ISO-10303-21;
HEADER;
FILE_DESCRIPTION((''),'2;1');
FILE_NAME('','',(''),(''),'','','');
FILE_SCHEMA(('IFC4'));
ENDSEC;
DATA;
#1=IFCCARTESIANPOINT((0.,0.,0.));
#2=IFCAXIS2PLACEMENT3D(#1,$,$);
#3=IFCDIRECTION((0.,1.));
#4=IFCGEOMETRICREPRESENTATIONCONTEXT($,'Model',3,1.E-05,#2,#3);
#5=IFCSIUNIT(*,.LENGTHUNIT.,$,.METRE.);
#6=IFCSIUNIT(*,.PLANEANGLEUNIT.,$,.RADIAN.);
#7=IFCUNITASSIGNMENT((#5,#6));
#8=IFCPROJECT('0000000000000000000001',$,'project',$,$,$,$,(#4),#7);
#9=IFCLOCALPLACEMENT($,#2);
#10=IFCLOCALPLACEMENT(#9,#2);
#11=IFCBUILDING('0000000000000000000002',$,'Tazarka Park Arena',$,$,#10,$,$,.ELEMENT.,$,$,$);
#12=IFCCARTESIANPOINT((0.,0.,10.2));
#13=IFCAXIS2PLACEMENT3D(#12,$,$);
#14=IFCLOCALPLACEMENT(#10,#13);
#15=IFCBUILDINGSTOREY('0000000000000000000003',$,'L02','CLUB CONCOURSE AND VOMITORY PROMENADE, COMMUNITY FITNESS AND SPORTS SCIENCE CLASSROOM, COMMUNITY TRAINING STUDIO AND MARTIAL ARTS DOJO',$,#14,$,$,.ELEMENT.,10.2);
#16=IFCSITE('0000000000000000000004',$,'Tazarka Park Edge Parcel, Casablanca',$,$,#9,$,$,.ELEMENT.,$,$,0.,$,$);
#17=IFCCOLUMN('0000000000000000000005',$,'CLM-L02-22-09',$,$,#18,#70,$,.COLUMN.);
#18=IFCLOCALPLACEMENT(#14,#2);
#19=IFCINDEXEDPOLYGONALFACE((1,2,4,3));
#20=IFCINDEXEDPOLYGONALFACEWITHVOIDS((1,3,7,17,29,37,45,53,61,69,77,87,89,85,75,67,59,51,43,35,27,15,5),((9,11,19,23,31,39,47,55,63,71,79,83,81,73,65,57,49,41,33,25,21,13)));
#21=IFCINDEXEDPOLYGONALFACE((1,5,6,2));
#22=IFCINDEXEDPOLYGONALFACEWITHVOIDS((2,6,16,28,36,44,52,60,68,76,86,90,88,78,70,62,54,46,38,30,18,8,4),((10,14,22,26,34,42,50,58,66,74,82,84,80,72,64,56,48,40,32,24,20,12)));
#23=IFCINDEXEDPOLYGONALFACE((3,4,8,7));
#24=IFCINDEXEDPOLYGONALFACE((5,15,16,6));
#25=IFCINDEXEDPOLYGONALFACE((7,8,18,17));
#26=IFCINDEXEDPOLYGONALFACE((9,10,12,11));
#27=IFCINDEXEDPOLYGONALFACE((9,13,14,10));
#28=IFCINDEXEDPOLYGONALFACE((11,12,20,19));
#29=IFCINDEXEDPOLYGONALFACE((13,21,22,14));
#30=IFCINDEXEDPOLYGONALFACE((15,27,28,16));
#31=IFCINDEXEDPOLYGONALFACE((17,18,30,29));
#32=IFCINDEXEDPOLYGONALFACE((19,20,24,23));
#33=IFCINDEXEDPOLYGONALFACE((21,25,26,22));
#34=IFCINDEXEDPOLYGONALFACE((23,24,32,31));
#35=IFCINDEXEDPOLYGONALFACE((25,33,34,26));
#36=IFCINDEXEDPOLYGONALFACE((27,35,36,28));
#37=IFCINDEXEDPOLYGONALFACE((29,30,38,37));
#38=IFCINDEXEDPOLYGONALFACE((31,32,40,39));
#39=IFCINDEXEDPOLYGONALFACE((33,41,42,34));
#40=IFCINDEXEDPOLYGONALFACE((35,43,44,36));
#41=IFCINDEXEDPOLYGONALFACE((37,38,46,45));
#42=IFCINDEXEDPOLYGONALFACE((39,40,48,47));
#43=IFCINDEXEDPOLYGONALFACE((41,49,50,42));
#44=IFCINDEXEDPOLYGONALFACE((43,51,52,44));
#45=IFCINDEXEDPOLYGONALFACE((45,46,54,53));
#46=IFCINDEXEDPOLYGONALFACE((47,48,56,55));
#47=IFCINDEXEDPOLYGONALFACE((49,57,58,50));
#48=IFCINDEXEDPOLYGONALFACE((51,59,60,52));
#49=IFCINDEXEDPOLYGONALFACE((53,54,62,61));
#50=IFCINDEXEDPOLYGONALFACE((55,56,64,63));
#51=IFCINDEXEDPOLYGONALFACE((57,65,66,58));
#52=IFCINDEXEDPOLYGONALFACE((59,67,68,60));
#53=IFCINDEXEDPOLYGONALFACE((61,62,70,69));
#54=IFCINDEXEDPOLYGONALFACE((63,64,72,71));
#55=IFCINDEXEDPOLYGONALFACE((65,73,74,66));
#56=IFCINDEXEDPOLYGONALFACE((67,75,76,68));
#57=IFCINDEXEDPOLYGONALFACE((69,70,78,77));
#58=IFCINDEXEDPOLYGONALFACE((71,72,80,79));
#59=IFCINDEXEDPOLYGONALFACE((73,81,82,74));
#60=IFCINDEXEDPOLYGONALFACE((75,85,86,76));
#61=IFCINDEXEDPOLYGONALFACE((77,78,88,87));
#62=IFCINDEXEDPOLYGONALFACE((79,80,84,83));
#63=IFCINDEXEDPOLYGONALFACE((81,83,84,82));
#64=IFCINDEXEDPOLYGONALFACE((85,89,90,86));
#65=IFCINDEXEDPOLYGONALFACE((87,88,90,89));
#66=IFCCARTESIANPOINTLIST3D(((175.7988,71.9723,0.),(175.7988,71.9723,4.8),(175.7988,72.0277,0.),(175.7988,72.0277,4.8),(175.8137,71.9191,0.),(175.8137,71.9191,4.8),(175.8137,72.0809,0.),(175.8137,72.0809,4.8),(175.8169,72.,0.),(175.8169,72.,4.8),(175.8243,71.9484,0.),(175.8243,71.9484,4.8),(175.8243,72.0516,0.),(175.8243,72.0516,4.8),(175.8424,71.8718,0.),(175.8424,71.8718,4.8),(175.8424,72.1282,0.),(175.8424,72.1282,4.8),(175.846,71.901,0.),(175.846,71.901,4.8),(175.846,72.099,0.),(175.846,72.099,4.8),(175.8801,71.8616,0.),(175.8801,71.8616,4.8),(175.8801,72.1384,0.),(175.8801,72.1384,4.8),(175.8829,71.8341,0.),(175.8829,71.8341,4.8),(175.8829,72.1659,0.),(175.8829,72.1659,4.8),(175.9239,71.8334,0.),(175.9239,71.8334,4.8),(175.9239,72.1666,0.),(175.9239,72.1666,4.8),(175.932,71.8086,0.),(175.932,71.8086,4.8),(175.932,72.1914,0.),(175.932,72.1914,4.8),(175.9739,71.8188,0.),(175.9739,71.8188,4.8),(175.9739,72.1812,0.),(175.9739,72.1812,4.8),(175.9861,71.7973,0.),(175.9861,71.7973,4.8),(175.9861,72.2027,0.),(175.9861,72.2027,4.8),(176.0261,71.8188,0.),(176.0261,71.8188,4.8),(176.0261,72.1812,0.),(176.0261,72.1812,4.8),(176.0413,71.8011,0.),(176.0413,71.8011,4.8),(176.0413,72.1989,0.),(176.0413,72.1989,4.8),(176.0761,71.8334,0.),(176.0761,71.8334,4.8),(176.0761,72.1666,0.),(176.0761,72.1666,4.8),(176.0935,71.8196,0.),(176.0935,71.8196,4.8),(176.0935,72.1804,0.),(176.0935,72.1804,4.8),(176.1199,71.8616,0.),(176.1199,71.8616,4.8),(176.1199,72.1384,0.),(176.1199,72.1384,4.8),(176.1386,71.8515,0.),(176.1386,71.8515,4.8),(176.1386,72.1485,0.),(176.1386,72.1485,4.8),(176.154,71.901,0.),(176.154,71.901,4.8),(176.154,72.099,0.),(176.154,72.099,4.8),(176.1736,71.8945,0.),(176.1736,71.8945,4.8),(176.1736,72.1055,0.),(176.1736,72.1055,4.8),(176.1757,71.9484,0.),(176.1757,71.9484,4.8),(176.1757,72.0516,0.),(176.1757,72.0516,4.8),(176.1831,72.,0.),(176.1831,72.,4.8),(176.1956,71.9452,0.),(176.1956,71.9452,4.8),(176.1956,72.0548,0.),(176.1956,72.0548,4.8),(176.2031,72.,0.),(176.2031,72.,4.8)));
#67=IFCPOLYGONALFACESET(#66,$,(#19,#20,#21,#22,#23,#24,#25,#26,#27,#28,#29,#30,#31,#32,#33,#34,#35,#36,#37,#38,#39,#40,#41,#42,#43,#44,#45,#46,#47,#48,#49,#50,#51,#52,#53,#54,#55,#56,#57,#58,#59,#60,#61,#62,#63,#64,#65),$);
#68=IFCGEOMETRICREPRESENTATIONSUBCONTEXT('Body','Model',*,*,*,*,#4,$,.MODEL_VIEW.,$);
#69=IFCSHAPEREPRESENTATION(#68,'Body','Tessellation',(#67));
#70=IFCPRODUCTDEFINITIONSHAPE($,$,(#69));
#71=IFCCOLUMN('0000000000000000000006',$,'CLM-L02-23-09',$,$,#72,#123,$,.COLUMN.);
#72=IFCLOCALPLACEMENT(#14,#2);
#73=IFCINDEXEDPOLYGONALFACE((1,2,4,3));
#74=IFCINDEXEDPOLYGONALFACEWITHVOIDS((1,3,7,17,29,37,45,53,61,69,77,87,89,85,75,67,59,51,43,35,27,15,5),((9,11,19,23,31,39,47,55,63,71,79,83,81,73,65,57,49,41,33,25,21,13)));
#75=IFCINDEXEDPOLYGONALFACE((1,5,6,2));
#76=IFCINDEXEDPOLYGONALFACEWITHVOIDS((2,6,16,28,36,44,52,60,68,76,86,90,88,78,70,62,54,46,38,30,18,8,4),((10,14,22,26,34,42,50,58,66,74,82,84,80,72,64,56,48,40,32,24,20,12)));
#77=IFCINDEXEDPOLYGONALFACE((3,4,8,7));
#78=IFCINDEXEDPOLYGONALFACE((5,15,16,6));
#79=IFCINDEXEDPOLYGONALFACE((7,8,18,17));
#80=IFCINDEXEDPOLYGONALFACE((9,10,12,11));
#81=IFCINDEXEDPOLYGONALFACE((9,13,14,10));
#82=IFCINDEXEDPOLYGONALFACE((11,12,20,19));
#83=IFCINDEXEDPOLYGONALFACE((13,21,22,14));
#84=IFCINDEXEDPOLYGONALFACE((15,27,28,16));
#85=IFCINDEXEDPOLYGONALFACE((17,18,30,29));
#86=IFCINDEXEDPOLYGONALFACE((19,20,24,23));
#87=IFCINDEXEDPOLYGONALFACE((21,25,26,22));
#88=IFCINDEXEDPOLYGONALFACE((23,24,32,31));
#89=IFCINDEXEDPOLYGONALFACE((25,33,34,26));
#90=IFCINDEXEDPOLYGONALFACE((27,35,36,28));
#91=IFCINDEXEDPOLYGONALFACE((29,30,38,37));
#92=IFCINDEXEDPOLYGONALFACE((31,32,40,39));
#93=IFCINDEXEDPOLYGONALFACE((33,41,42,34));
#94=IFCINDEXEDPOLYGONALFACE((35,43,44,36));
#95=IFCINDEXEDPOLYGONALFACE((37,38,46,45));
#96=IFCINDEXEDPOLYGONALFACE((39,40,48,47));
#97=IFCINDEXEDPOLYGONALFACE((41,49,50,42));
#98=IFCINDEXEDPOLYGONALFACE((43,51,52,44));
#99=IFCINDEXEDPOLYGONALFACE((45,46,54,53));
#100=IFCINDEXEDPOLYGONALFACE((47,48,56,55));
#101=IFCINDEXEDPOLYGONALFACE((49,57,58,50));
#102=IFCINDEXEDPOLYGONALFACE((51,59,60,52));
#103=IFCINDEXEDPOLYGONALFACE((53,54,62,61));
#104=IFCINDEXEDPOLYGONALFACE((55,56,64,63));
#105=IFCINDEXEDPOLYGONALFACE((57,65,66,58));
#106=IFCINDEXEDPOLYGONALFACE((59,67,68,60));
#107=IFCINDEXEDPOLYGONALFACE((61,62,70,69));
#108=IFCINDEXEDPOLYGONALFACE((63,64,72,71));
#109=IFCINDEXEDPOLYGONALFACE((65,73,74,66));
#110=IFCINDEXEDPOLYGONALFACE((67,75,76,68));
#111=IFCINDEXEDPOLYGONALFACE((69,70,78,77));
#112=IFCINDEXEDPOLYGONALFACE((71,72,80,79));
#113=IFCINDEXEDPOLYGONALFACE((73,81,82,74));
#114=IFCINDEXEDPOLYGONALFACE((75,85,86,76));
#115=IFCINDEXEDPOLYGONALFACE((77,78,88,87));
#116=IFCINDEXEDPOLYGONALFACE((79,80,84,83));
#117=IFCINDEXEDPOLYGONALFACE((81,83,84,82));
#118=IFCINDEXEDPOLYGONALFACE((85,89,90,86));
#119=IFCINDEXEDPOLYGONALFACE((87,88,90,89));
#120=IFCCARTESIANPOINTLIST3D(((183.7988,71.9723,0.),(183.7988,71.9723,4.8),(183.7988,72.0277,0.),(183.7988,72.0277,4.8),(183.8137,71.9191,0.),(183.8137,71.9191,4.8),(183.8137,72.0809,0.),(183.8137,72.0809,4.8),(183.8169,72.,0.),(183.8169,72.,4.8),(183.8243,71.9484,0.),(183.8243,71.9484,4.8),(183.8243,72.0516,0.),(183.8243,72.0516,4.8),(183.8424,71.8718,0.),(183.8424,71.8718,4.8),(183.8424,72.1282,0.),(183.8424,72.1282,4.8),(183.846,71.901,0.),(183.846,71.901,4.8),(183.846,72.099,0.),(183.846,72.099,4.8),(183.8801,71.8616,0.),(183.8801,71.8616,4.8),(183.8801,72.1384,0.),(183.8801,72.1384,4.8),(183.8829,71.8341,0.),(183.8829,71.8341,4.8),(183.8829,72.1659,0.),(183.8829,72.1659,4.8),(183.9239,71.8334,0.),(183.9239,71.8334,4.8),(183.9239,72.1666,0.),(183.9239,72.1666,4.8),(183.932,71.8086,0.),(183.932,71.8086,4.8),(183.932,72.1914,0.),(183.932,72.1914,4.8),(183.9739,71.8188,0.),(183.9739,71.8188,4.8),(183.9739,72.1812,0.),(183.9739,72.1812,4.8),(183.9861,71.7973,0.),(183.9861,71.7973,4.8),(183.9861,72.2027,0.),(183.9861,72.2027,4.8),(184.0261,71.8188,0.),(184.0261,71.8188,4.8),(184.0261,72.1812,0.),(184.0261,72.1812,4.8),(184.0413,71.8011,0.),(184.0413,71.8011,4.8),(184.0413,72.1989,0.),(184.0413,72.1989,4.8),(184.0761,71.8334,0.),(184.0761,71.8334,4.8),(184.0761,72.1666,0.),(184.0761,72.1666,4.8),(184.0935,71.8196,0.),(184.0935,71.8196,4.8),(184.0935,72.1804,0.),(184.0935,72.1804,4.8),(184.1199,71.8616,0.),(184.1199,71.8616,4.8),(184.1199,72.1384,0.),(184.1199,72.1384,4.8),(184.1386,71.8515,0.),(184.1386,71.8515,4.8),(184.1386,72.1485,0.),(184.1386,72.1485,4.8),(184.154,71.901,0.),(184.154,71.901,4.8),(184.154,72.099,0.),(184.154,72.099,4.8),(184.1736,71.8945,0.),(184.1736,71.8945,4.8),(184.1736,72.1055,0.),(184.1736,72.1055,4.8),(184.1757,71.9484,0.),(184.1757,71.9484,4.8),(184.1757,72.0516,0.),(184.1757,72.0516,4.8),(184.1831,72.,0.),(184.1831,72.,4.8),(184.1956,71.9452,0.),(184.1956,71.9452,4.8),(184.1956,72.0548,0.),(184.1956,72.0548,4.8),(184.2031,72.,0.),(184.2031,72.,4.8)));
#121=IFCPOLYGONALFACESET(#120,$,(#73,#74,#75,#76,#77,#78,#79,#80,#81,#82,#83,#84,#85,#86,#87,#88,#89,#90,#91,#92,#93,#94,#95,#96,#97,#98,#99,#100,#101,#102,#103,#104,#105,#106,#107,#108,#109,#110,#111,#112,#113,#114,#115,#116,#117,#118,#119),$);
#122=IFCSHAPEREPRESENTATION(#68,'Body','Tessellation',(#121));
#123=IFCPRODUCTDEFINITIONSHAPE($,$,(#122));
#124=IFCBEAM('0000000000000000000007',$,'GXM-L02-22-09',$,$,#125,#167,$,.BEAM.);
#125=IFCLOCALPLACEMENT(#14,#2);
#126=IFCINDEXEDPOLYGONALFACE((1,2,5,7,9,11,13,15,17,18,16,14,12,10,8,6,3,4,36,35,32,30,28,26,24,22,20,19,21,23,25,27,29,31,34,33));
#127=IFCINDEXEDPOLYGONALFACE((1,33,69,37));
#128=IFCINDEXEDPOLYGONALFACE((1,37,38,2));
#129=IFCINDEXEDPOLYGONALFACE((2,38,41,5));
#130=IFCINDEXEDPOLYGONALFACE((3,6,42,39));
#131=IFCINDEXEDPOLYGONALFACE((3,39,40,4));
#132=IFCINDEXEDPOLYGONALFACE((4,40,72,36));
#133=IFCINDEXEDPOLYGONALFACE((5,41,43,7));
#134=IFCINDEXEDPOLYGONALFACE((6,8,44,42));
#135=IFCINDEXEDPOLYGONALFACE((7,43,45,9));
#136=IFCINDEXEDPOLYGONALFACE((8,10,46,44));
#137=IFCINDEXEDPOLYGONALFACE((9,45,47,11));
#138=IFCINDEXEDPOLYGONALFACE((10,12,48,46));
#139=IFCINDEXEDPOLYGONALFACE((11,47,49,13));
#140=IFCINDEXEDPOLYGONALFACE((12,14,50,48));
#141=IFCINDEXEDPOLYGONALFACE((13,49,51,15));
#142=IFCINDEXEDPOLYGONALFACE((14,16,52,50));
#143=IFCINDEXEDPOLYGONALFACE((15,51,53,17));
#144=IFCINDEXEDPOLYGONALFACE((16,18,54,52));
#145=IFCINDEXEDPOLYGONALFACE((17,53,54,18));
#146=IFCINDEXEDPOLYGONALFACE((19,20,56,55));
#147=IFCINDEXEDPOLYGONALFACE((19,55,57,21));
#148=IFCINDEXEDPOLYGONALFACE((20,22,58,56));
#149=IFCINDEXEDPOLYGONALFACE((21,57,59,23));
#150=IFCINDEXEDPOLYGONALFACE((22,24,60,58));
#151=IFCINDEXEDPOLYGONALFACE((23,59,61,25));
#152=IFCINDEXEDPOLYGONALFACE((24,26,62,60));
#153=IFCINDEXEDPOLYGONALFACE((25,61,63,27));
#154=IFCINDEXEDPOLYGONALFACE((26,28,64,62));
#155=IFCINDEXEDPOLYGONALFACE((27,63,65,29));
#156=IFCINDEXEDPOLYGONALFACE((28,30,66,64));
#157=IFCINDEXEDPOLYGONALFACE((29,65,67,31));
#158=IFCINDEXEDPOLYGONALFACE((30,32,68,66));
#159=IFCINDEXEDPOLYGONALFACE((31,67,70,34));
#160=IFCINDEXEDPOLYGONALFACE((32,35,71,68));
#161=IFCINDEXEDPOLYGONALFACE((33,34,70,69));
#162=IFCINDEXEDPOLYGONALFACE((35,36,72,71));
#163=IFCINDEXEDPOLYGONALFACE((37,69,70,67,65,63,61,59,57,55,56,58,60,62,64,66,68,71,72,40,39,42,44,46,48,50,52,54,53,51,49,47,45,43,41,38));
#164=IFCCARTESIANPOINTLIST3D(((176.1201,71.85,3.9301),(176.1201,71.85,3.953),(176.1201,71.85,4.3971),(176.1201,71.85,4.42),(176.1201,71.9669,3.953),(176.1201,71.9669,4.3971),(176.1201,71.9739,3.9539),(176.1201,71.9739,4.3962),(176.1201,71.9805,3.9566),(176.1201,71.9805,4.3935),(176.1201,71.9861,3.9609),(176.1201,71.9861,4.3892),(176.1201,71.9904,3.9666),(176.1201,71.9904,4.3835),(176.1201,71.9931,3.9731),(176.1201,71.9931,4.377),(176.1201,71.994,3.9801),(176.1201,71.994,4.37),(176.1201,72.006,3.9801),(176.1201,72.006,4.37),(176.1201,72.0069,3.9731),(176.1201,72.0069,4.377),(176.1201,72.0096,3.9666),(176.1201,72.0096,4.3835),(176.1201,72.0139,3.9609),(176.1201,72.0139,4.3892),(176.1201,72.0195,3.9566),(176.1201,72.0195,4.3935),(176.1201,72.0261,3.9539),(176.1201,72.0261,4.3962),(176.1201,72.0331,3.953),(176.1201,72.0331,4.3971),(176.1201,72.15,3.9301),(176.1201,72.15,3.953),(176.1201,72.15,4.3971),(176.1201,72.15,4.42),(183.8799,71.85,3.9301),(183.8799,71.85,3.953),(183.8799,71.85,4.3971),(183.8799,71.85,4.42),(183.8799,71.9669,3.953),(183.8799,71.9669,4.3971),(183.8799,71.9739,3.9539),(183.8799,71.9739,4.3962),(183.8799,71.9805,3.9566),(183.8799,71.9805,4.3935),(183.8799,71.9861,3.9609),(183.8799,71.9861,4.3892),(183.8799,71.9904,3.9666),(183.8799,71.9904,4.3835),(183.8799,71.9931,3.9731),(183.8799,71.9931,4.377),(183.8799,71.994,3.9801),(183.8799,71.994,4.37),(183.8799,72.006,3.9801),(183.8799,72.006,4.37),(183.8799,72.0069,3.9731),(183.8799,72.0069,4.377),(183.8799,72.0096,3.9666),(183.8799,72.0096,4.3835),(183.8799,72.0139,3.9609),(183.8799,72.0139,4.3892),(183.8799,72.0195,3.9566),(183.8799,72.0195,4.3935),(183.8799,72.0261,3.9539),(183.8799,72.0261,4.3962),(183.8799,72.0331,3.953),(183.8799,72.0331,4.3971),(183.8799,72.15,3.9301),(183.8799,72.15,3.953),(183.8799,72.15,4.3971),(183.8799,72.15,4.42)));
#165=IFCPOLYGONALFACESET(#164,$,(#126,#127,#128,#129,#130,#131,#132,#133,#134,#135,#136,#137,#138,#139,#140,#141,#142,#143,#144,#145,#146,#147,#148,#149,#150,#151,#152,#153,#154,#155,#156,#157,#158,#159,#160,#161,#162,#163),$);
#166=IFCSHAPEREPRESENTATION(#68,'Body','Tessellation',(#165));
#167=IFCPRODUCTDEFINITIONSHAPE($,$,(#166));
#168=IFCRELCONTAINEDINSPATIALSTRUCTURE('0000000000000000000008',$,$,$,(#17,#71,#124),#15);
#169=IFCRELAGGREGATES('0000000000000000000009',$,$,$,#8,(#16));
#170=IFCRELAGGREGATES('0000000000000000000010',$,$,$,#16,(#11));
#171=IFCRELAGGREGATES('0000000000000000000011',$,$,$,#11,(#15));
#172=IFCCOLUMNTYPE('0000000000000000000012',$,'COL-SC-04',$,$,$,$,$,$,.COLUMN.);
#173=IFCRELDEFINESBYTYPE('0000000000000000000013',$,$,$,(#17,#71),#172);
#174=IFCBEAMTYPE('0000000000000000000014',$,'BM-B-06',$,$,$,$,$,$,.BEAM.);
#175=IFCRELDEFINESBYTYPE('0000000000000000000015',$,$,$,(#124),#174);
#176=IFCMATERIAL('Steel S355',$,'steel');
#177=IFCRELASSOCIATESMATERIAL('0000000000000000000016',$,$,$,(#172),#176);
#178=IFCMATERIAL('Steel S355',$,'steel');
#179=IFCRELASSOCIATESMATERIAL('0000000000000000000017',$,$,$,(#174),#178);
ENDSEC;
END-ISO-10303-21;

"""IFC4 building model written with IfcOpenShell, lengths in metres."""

from ifc_helpers import new_model, si_unit, direction, frame, origin, origin_2d, place, context, subcontext, project, spatial, hollow_circle, i_section, extrude, material, material_profile, profile_set, type_object, element, save


model = new_model("IFC4")

# Units and contexts
model_context = context("Model", 3, precision=1e-05, world=origin(), true_north=direction((0.0, 1.0)))
body_context = subcontext(model_context, "Body", "Model", "MODEL_VIEW")
ifc_project = project(units=[si_unit("LENGTHUNIT", "METRE"), si_unit("PLANEANGLEUNIT", "RADIAN")], contexts=[model_context])

# Site, building, storey
site_placement = place(None, origin())
site = spatial("IfcSite", under=ifc_project, at=site_placement, Name="Tazarka Park Edge Parcel, Casablanca", CompositionType="ELEMENT", RefElevation=0.0)
building_placement = place(site_placement, origin())
building = spatial("IfcBuilding", under=site, at=building_placement, Name="Tazarka Park Arena", CompositionType="ELEMENT")
storey_placement = place(building_placement, frame((0.0, 0.0, 10.2)))
storey = spatial("IfcBuildingStorey", under=building, at=storey_placement, Name="L02", Description="CLUB CONCOURSE AND VOMITORY PROMENADE, COMMUNITY FITNESS AND SPORTS SCIENCE CLASSROOM, COMMUNITY TRAINING STUDIO AND MARTIAL ARTS DOJO", CompositionType="ELEMENT", Elevation=10.2)

# Columns
ifc_material_1 = material(Name="Steel S355", Category="steel")
ifc_material_profile_1 = material_profile(ifc_material_1, hollow_circle(Radius=0.2031, WallThickness=0.02, at=origin_2d()), Name="Steel S355")
ifc_profile_set_1 = profile_set([ifc_material_profile_1], Name="Steel S355")
column_type = type_object("IfcColumnType", Name="COL-SC-04", PredefinedType="COLUMN", material=ifc_profile_set_1)
for number, where, z_axis, x_axis, name in (
    (1, (176.0, 72.0, 0.0), (0.0, 0.0, 1.0), (1.0, 0.0, 0.0), "CLM-L02-22-09"),
    (2, (184.0, 72.0, 0.0), (0.0, 0.0, 1.0), (1.0, 0.0, 0.0), "CLM-L02-23-09"),
):
    element("IfcColumn", number, at=place(storey_placement, frame(where, z_axis=z_axis, x_axis=x_axis)), inside=storey, type_object=column_type, Name=name, PredefinedType="COLUMN", context=body_context, shape_type="SweptSolid", body=[
        extrude(hollow_circle(Radius=0.2031, WallThickness=0.02, at=origin_2d()), origin(), (0.0, 0.0, 1.0), 4.8),
    ])

# Beam
ifc_material_2 = material(Name="Steel S355", Category="steel")
ifc_material_profile_2 = material_profile(ifc_material_2, i_section(OverallWidth=0.3, OverallDepth=0.49, WebThickness=0.012, FlangeThickness=0.0229, FilletRadius=0.0271, at=origin_2d()), Name="Steel S355")
ifc_profile_set_2 = profile_set([ifc_material_profile_2], Name="Steel S355")
beam_type_1 = type_object("IfcBeamType", Name="BM-B-06", PredefinedType="BEAM", material=ifc_profile_set_2)
beam_1_placement = place(storey_placement, frame((176.1201, 72.0, 4.175), z_axis=(1.0, 0.0, 0.0), x_axis=(0.0, 1.0, 0.0)))
element("IfcBeam", 3, at=beam_1_placement, inside=storey, type_object=beam_type_1, Name="GXM-L02-22-09", PredefinedType="BEAM", context=body_context, shape_type="SweptSolid", body=[
    extrude(i_section(OverallWidth=0.3, OverallDepth=0.49, WebThickness=0.012, FlangeThickness=0.0229, FilletRadius=0.0271, at=origin_2d()), origin(), (0.0, 0.0, 1.0), 7.7598),
])

save(model, "model.ifc")
